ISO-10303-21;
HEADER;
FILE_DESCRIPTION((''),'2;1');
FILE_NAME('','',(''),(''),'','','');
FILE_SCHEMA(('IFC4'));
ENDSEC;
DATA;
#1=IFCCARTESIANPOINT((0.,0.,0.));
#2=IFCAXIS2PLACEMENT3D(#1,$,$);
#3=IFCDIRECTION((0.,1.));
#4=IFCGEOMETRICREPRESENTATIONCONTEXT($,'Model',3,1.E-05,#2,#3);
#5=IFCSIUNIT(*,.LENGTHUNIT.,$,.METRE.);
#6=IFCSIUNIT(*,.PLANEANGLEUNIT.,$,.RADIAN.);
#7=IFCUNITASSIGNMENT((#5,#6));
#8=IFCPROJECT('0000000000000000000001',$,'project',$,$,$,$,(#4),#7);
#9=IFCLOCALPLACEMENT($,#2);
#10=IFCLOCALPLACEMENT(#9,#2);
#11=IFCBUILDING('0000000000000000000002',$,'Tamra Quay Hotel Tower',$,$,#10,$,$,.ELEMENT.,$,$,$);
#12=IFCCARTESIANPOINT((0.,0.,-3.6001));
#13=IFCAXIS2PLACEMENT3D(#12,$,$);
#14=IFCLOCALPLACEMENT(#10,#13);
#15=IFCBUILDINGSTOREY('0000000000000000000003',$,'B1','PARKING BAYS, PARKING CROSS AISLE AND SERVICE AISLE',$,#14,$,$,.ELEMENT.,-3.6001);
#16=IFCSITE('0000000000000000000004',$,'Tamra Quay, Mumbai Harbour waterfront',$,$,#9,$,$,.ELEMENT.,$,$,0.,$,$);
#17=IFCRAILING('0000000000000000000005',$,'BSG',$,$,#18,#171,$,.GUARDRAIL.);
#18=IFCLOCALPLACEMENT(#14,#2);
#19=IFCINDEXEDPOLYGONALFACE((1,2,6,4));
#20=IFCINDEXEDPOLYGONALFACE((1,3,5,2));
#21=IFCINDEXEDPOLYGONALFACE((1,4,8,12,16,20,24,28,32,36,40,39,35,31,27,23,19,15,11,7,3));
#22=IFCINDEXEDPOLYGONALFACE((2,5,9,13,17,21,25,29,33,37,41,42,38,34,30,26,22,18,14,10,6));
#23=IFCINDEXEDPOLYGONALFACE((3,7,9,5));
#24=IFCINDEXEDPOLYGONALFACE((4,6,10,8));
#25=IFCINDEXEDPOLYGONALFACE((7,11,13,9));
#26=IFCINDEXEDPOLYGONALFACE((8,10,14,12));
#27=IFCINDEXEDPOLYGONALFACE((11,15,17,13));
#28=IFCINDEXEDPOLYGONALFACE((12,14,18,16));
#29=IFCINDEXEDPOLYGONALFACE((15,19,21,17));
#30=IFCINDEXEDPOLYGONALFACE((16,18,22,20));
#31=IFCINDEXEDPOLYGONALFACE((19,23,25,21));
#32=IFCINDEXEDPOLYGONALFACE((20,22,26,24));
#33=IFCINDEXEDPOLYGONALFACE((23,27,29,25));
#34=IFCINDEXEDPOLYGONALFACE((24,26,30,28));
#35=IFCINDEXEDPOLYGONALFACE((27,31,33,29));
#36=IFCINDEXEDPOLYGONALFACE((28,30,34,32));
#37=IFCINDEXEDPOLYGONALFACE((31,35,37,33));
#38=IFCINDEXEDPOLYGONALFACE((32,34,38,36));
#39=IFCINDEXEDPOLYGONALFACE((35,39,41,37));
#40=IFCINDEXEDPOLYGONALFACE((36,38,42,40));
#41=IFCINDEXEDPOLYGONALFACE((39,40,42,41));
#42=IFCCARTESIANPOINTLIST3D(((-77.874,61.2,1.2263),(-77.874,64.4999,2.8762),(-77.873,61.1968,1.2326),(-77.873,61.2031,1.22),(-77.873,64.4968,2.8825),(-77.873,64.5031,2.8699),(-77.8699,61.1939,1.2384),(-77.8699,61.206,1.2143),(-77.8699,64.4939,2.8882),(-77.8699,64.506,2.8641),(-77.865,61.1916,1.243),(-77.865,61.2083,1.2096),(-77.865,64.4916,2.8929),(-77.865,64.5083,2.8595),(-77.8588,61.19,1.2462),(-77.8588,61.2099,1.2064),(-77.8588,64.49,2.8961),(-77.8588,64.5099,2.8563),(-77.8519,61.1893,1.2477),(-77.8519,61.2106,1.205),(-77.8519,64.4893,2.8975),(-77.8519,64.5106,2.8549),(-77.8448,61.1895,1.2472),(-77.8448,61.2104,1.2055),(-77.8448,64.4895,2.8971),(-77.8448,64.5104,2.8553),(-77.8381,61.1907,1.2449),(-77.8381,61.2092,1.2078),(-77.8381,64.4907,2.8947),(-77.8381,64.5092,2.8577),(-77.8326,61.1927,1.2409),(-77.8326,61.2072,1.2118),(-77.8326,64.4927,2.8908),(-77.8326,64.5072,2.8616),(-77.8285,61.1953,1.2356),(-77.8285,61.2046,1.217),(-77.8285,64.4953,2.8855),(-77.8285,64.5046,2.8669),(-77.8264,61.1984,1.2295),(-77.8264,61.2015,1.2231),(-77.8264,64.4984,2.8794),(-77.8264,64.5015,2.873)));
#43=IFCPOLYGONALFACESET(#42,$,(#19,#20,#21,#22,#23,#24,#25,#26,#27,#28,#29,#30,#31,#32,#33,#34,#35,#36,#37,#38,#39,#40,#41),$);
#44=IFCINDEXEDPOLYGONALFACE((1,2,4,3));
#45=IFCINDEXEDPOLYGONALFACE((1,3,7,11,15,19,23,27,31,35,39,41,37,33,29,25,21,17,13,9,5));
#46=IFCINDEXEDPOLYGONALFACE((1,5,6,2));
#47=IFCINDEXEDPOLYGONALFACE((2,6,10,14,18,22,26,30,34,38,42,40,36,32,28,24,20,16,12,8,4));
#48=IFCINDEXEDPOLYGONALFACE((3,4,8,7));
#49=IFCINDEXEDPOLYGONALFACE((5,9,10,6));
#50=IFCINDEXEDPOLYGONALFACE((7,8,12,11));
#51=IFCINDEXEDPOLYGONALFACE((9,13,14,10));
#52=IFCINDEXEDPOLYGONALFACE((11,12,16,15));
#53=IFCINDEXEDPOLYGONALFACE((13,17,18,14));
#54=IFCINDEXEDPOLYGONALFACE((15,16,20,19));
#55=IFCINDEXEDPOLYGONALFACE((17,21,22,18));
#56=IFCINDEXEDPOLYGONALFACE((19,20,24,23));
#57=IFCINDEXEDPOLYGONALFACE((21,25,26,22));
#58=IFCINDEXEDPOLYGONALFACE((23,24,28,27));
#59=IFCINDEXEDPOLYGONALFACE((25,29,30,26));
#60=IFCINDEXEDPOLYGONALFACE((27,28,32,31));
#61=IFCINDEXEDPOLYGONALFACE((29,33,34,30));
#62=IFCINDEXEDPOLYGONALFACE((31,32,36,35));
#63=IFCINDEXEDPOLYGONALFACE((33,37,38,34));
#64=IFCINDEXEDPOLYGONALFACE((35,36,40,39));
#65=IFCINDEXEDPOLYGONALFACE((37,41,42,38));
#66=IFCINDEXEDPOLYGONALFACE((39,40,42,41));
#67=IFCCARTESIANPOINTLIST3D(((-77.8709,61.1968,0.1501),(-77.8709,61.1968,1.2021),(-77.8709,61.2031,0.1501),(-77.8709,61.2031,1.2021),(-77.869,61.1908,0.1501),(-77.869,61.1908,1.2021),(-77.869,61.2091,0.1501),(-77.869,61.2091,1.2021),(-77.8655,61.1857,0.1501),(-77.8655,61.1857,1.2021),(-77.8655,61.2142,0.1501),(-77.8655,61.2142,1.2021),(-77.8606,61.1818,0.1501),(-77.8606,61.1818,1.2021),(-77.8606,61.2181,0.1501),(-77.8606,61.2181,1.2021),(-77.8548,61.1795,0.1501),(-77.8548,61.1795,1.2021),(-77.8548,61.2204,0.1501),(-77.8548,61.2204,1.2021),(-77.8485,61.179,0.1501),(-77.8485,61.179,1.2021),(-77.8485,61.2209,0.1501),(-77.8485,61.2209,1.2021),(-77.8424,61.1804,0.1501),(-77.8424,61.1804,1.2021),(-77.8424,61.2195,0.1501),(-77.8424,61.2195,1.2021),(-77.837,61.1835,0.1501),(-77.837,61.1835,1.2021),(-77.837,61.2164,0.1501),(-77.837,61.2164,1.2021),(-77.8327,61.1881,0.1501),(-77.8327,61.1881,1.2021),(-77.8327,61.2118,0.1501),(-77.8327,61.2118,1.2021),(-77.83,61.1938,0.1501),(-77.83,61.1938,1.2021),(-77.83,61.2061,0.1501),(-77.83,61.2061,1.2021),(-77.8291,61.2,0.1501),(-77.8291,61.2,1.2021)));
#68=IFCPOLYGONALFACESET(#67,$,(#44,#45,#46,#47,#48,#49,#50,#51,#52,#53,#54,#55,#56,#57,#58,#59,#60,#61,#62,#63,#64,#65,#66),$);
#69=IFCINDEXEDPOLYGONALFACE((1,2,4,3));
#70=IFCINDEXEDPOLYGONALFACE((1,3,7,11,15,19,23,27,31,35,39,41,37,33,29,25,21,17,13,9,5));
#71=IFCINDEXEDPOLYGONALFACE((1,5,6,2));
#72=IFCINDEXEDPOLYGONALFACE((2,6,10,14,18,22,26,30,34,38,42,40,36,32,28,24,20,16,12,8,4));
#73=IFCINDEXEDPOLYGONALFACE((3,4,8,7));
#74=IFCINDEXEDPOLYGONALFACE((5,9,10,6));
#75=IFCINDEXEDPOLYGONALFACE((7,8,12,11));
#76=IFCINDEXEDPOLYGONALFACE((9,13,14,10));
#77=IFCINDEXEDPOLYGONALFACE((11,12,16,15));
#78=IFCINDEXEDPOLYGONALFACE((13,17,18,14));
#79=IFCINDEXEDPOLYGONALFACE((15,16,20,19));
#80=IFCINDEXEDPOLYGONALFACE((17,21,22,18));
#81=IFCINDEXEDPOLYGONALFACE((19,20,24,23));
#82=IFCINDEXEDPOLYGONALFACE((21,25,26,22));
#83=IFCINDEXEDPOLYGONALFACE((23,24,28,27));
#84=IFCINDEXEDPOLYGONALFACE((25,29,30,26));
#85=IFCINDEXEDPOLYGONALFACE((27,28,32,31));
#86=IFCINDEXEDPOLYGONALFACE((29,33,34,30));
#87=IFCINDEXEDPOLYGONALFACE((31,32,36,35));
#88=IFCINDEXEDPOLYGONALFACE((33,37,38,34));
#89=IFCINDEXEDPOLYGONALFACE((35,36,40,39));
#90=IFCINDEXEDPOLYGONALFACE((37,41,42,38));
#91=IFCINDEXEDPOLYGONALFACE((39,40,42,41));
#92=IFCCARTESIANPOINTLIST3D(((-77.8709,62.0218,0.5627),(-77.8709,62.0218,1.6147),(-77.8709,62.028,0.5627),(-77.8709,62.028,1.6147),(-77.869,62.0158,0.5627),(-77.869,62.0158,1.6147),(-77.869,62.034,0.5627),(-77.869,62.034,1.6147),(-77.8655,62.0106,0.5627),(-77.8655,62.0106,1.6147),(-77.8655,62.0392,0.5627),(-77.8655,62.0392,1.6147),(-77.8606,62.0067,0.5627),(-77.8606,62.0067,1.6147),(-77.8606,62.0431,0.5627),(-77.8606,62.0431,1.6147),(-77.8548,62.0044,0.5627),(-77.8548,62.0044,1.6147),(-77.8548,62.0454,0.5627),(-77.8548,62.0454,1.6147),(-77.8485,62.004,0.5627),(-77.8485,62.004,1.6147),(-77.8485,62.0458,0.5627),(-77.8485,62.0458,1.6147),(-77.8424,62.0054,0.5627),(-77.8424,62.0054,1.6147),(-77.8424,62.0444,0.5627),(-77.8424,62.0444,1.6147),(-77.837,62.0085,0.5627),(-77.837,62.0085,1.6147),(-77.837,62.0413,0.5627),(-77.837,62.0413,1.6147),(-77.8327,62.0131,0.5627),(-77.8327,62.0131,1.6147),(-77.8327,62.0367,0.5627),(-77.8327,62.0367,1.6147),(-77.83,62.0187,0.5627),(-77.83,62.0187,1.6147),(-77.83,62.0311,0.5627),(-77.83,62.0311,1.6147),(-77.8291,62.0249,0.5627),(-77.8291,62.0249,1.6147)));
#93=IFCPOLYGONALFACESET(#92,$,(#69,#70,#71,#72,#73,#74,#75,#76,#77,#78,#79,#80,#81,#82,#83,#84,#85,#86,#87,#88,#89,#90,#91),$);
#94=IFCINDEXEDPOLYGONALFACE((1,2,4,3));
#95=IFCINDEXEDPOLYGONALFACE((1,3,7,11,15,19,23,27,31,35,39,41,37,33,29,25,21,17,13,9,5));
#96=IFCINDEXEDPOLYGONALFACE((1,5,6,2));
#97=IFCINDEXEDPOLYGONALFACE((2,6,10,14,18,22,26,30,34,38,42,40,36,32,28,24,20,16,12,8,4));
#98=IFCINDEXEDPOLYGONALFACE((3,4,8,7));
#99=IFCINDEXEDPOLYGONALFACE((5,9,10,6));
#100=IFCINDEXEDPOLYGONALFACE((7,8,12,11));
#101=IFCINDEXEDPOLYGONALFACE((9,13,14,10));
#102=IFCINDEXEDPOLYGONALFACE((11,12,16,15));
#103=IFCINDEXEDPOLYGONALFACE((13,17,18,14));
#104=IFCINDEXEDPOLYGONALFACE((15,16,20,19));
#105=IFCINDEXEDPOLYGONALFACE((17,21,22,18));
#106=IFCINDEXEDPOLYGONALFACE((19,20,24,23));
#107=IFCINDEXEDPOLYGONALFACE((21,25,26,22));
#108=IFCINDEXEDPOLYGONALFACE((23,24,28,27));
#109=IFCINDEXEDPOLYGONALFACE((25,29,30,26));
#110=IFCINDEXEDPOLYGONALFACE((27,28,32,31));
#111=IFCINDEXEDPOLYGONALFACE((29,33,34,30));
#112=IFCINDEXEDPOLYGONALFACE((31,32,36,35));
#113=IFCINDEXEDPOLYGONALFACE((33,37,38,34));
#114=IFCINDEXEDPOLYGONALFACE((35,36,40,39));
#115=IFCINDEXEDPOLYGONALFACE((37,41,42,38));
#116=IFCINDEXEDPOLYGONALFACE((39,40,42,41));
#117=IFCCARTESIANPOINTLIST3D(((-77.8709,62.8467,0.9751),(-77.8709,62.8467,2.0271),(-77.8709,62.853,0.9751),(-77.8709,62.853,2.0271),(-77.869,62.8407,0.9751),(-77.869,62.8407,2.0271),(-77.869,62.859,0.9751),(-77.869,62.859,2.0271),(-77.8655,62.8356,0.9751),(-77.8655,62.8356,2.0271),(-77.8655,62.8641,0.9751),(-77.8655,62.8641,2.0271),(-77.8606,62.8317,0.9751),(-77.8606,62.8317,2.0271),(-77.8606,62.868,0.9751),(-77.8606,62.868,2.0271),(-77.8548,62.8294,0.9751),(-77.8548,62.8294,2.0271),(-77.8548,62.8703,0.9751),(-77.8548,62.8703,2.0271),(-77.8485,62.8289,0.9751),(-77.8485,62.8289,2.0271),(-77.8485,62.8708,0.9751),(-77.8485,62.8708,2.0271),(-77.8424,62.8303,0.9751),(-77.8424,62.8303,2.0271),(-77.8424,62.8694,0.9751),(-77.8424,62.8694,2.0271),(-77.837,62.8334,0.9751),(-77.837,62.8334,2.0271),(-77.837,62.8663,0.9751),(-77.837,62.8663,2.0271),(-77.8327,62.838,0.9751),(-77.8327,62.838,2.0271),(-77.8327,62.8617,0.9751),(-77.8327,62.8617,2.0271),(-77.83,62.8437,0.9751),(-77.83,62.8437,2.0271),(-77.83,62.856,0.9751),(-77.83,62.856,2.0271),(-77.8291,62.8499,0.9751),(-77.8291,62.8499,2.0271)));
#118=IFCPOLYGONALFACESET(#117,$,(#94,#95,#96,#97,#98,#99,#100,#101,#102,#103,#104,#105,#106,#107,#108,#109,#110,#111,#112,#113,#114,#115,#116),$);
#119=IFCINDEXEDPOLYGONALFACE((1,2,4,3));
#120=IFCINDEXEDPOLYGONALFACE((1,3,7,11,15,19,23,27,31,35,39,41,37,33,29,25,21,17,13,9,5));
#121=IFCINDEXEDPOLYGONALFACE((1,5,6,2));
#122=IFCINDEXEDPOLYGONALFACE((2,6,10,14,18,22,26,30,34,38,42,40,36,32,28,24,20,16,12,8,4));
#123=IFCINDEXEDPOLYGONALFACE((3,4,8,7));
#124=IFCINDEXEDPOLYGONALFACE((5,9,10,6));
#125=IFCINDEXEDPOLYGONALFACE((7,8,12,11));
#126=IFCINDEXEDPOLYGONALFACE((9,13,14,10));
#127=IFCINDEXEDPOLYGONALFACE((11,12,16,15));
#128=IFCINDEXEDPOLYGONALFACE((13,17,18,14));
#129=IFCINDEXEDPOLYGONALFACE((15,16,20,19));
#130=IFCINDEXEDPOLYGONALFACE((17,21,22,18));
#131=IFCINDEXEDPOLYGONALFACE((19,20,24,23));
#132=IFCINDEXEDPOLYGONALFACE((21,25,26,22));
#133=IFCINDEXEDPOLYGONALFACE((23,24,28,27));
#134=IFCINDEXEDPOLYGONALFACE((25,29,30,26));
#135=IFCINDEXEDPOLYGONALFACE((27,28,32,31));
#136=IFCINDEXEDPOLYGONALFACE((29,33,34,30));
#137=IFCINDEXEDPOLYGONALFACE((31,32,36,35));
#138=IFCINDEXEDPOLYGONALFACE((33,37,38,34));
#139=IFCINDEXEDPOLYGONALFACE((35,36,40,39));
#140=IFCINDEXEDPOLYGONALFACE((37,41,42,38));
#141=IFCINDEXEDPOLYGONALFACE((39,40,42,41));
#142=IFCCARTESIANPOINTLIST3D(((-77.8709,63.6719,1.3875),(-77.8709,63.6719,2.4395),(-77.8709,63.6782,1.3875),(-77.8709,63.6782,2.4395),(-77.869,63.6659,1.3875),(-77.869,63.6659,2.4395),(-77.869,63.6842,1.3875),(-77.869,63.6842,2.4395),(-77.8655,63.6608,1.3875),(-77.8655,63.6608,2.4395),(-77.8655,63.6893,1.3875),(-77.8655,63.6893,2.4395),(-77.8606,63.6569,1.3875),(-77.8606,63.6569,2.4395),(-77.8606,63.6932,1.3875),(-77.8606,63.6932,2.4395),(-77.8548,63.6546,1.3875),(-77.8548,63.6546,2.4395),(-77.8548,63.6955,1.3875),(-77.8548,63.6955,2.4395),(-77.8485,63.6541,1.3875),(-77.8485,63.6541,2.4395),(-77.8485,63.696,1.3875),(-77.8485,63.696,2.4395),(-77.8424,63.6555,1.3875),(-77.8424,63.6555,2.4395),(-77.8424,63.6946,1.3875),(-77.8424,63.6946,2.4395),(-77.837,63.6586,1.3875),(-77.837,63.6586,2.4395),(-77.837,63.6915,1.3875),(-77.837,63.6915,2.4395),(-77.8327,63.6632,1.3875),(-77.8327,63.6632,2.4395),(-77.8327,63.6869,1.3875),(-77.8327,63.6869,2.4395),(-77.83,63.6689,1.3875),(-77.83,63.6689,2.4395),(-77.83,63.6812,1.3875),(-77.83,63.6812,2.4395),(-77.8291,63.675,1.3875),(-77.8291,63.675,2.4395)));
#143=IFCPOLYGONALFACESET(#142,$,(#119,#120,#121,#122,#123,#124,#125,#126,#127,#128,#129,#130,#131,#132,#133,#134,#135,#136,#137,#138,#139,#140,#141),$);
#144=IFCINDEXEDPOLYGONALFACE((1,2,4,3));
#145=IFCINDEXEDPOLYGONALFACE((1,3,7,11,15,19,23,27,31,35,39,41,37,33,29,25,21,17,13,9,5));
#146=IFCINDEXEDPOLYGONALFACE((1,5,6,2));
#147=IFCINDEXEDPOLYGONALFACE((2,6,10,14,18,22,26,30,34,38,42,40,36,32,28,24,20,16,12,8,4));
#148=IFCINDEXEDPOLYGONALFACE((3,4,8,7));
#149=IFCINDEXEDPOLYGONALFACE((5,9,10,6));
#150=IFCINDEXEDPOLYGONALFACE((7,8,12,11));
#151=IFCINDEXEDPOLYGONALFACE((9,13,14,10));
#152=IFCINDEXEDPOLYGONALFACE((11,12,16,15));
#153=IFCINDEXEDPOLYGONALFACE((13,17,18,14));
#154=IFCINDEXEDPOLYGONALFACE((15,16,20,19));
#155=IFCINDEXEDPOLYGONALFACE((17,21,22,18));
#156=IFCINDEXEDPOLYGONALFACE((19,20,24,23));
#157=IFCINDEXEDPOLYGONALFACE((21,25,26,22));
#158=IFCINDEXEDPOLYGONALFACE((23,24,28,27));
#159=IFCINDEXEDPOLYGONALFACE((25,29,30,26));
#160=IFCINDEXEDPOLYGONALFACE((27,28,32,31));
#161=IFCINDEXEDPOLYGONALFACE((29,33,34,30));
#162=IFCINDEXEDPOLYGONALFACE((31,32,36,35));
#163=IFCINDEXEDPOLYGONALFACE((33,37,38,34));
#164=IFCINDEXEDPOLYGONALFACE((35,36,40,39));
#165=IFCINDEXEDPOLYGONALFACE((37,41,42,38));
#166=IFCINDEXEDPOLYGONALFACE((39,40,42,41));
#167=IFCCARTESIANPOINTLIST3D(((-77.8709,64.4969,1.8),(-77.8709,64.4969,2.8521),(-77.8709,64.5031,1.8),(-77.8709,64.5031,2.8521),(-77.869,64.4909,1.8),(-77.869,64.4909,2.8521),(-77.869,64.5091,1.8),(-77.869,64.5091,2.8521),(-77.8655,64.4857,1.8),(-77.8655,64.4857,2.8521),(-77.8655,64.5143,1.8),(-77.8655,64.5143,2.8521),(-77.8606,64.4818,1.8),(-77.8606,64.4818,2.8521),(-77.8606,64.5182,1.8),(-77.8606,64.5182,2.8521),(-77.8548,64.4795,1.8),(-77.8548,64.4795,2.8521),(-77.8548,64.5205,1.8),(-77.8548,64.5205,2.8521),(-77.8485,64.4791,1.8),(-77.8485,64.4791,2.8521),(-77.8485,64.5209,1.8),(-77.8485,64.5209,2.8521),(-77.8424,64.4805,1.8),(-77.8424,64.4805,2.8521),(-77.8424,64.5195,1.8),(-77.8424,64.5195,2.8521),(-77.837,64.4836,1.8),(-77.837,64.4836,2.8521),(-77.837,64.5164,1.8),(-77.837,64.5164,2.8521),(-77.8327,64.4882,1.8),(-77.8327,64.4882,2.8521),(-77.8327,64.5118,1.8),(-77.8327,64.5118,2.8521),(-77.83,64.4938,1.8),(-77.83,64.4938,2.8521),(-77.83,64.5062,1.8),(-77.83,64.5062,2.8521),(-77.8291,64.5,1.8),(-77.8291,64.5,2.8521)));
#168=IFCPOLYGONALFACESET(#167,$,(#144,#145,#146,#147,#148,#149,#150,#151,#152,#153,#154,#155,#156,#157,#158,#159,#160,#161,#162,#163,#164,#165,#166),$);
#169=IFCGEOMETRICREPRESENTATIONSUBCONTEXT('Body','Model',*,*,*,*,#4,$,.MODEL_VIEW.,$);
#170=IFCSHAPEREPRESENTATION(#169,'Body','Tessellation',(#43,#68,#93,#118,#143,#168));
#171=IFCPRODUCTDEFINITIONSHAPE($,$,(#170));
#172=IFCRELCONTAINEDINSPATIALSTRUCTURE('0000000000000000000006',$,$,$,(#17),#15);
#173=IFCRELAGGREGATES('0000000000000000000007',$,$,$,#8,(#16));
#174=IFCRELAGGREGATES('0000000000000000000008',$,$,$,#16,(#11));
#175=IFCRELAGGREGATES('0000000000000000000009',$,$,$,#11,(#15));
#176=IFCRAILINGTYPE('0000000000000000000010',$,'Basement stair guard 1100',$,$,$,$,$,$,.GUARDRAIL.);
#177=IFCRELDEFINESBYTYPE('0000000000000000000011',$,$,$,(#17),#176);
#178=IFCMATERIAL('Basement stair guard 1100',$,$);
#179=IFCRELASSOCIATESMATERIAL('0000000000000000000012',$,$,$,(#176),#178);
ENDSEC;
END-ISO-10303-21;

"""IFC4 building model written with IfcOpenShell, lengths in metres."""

from ifc_helpers import new_model, si_unit, direction, frame, origin, origin_2d, place, context, subcontext, project, spatial, circle, extrude, material, type_object, element, save


model = new_model("IFC4")

# Units and contexts
model_context = context("Model", 3, precision=1e-05, world=origin(), true_north=direction((0.0, 1.0)))
body_context = subcontext(model_context, "Body", "Model", "MODEL_VIEW")
ifc_project = project(units=[si_unit("LENGTHUNIT", "METRE"), si_unit("PLANEANGLEUNIT", "RADIAN")], contexts=[model_context])

# Site, building, storey
site_placement = place(None, origin())
site = spatial("IfcSite", under=ifc_project, at=site_placement, Name="Tamra Quay, Mumbai Harbour waterfront", CompositionType="ELEMENT", RefElevation=0.0)
building_placement = place(site_placement, origin())
building = spatial("IfcBuilding", under=site, at=building_placement, Name="Tamra Quay Hotel Tower", CompositionType="ELEMENT")
storey_placement = place(building_placement, frame((0.0, 0.0, -3.6001)))
storey = spatial("IfcBuildingStorey", under=building, at=storey_placement, Name="B1", Description="PARKING BAYS, PARKING CROSS AISLE AND SERVICE AISLE", CompositionType="ELEMENT", Elevation=-3.6001)

# Railing
ifc_material_1 = material(Name="Basement stair guard 1100")
railing_type_1 = type_object("IfcRailingType", Name="Basement stair guard 1100", PredefinedType="GUARDRAIL", material=ifc_material_1)
railing_1_placement = place(storey_placement, frame((-77.8501, 61.2, 0.1501)))
element("IfcRailing", 1, at=railing_1_placement, inside=storey, type_object=railing_type_1, Name="BSG", PredefinedType="GUARDRAIL", context=body_context, shape_type="SweptSolid", body=[
    extrude(circle(Radius=0.0239, at=origin_2d()), frame((0.0, 0.0, 1.0762), z_axis=(0.0, 0.89444, 0.447187), x_axis=(-1.0, 0.0, 0.0)), (0.0, 0.0, 1.0), 3.6895),
    extrude(circle(Radius=0.021, at=origin_2d()), origin(), (0.0, 0.0, 1.0), 1.052),
    extrude(circle(Radius=0.021, at=origin_2d()), frame((0.0, 0.825, 0.4126)), (0.0, 0.0, 1.0), 1.052),
    extrude(circle(Radius=0.021, at=origin_2d()), frame((0.0, 1.6499, 0.825)), (0.0, 0.0, 1.0), 1.052),
    extrude(circle(Radius=0.021, at=origin_2d()), frame((0.0, 2.4751, 1.2373)), (0.0, 0.0, 1.0), 1.052),
    extrude(circle(Radius=0.021, at=origin_2d()), frame((0.0, 3.3, 1.6499)), (0.0, 0.0, 1.0), 1.052),
])

save(model, "model.ifc")
